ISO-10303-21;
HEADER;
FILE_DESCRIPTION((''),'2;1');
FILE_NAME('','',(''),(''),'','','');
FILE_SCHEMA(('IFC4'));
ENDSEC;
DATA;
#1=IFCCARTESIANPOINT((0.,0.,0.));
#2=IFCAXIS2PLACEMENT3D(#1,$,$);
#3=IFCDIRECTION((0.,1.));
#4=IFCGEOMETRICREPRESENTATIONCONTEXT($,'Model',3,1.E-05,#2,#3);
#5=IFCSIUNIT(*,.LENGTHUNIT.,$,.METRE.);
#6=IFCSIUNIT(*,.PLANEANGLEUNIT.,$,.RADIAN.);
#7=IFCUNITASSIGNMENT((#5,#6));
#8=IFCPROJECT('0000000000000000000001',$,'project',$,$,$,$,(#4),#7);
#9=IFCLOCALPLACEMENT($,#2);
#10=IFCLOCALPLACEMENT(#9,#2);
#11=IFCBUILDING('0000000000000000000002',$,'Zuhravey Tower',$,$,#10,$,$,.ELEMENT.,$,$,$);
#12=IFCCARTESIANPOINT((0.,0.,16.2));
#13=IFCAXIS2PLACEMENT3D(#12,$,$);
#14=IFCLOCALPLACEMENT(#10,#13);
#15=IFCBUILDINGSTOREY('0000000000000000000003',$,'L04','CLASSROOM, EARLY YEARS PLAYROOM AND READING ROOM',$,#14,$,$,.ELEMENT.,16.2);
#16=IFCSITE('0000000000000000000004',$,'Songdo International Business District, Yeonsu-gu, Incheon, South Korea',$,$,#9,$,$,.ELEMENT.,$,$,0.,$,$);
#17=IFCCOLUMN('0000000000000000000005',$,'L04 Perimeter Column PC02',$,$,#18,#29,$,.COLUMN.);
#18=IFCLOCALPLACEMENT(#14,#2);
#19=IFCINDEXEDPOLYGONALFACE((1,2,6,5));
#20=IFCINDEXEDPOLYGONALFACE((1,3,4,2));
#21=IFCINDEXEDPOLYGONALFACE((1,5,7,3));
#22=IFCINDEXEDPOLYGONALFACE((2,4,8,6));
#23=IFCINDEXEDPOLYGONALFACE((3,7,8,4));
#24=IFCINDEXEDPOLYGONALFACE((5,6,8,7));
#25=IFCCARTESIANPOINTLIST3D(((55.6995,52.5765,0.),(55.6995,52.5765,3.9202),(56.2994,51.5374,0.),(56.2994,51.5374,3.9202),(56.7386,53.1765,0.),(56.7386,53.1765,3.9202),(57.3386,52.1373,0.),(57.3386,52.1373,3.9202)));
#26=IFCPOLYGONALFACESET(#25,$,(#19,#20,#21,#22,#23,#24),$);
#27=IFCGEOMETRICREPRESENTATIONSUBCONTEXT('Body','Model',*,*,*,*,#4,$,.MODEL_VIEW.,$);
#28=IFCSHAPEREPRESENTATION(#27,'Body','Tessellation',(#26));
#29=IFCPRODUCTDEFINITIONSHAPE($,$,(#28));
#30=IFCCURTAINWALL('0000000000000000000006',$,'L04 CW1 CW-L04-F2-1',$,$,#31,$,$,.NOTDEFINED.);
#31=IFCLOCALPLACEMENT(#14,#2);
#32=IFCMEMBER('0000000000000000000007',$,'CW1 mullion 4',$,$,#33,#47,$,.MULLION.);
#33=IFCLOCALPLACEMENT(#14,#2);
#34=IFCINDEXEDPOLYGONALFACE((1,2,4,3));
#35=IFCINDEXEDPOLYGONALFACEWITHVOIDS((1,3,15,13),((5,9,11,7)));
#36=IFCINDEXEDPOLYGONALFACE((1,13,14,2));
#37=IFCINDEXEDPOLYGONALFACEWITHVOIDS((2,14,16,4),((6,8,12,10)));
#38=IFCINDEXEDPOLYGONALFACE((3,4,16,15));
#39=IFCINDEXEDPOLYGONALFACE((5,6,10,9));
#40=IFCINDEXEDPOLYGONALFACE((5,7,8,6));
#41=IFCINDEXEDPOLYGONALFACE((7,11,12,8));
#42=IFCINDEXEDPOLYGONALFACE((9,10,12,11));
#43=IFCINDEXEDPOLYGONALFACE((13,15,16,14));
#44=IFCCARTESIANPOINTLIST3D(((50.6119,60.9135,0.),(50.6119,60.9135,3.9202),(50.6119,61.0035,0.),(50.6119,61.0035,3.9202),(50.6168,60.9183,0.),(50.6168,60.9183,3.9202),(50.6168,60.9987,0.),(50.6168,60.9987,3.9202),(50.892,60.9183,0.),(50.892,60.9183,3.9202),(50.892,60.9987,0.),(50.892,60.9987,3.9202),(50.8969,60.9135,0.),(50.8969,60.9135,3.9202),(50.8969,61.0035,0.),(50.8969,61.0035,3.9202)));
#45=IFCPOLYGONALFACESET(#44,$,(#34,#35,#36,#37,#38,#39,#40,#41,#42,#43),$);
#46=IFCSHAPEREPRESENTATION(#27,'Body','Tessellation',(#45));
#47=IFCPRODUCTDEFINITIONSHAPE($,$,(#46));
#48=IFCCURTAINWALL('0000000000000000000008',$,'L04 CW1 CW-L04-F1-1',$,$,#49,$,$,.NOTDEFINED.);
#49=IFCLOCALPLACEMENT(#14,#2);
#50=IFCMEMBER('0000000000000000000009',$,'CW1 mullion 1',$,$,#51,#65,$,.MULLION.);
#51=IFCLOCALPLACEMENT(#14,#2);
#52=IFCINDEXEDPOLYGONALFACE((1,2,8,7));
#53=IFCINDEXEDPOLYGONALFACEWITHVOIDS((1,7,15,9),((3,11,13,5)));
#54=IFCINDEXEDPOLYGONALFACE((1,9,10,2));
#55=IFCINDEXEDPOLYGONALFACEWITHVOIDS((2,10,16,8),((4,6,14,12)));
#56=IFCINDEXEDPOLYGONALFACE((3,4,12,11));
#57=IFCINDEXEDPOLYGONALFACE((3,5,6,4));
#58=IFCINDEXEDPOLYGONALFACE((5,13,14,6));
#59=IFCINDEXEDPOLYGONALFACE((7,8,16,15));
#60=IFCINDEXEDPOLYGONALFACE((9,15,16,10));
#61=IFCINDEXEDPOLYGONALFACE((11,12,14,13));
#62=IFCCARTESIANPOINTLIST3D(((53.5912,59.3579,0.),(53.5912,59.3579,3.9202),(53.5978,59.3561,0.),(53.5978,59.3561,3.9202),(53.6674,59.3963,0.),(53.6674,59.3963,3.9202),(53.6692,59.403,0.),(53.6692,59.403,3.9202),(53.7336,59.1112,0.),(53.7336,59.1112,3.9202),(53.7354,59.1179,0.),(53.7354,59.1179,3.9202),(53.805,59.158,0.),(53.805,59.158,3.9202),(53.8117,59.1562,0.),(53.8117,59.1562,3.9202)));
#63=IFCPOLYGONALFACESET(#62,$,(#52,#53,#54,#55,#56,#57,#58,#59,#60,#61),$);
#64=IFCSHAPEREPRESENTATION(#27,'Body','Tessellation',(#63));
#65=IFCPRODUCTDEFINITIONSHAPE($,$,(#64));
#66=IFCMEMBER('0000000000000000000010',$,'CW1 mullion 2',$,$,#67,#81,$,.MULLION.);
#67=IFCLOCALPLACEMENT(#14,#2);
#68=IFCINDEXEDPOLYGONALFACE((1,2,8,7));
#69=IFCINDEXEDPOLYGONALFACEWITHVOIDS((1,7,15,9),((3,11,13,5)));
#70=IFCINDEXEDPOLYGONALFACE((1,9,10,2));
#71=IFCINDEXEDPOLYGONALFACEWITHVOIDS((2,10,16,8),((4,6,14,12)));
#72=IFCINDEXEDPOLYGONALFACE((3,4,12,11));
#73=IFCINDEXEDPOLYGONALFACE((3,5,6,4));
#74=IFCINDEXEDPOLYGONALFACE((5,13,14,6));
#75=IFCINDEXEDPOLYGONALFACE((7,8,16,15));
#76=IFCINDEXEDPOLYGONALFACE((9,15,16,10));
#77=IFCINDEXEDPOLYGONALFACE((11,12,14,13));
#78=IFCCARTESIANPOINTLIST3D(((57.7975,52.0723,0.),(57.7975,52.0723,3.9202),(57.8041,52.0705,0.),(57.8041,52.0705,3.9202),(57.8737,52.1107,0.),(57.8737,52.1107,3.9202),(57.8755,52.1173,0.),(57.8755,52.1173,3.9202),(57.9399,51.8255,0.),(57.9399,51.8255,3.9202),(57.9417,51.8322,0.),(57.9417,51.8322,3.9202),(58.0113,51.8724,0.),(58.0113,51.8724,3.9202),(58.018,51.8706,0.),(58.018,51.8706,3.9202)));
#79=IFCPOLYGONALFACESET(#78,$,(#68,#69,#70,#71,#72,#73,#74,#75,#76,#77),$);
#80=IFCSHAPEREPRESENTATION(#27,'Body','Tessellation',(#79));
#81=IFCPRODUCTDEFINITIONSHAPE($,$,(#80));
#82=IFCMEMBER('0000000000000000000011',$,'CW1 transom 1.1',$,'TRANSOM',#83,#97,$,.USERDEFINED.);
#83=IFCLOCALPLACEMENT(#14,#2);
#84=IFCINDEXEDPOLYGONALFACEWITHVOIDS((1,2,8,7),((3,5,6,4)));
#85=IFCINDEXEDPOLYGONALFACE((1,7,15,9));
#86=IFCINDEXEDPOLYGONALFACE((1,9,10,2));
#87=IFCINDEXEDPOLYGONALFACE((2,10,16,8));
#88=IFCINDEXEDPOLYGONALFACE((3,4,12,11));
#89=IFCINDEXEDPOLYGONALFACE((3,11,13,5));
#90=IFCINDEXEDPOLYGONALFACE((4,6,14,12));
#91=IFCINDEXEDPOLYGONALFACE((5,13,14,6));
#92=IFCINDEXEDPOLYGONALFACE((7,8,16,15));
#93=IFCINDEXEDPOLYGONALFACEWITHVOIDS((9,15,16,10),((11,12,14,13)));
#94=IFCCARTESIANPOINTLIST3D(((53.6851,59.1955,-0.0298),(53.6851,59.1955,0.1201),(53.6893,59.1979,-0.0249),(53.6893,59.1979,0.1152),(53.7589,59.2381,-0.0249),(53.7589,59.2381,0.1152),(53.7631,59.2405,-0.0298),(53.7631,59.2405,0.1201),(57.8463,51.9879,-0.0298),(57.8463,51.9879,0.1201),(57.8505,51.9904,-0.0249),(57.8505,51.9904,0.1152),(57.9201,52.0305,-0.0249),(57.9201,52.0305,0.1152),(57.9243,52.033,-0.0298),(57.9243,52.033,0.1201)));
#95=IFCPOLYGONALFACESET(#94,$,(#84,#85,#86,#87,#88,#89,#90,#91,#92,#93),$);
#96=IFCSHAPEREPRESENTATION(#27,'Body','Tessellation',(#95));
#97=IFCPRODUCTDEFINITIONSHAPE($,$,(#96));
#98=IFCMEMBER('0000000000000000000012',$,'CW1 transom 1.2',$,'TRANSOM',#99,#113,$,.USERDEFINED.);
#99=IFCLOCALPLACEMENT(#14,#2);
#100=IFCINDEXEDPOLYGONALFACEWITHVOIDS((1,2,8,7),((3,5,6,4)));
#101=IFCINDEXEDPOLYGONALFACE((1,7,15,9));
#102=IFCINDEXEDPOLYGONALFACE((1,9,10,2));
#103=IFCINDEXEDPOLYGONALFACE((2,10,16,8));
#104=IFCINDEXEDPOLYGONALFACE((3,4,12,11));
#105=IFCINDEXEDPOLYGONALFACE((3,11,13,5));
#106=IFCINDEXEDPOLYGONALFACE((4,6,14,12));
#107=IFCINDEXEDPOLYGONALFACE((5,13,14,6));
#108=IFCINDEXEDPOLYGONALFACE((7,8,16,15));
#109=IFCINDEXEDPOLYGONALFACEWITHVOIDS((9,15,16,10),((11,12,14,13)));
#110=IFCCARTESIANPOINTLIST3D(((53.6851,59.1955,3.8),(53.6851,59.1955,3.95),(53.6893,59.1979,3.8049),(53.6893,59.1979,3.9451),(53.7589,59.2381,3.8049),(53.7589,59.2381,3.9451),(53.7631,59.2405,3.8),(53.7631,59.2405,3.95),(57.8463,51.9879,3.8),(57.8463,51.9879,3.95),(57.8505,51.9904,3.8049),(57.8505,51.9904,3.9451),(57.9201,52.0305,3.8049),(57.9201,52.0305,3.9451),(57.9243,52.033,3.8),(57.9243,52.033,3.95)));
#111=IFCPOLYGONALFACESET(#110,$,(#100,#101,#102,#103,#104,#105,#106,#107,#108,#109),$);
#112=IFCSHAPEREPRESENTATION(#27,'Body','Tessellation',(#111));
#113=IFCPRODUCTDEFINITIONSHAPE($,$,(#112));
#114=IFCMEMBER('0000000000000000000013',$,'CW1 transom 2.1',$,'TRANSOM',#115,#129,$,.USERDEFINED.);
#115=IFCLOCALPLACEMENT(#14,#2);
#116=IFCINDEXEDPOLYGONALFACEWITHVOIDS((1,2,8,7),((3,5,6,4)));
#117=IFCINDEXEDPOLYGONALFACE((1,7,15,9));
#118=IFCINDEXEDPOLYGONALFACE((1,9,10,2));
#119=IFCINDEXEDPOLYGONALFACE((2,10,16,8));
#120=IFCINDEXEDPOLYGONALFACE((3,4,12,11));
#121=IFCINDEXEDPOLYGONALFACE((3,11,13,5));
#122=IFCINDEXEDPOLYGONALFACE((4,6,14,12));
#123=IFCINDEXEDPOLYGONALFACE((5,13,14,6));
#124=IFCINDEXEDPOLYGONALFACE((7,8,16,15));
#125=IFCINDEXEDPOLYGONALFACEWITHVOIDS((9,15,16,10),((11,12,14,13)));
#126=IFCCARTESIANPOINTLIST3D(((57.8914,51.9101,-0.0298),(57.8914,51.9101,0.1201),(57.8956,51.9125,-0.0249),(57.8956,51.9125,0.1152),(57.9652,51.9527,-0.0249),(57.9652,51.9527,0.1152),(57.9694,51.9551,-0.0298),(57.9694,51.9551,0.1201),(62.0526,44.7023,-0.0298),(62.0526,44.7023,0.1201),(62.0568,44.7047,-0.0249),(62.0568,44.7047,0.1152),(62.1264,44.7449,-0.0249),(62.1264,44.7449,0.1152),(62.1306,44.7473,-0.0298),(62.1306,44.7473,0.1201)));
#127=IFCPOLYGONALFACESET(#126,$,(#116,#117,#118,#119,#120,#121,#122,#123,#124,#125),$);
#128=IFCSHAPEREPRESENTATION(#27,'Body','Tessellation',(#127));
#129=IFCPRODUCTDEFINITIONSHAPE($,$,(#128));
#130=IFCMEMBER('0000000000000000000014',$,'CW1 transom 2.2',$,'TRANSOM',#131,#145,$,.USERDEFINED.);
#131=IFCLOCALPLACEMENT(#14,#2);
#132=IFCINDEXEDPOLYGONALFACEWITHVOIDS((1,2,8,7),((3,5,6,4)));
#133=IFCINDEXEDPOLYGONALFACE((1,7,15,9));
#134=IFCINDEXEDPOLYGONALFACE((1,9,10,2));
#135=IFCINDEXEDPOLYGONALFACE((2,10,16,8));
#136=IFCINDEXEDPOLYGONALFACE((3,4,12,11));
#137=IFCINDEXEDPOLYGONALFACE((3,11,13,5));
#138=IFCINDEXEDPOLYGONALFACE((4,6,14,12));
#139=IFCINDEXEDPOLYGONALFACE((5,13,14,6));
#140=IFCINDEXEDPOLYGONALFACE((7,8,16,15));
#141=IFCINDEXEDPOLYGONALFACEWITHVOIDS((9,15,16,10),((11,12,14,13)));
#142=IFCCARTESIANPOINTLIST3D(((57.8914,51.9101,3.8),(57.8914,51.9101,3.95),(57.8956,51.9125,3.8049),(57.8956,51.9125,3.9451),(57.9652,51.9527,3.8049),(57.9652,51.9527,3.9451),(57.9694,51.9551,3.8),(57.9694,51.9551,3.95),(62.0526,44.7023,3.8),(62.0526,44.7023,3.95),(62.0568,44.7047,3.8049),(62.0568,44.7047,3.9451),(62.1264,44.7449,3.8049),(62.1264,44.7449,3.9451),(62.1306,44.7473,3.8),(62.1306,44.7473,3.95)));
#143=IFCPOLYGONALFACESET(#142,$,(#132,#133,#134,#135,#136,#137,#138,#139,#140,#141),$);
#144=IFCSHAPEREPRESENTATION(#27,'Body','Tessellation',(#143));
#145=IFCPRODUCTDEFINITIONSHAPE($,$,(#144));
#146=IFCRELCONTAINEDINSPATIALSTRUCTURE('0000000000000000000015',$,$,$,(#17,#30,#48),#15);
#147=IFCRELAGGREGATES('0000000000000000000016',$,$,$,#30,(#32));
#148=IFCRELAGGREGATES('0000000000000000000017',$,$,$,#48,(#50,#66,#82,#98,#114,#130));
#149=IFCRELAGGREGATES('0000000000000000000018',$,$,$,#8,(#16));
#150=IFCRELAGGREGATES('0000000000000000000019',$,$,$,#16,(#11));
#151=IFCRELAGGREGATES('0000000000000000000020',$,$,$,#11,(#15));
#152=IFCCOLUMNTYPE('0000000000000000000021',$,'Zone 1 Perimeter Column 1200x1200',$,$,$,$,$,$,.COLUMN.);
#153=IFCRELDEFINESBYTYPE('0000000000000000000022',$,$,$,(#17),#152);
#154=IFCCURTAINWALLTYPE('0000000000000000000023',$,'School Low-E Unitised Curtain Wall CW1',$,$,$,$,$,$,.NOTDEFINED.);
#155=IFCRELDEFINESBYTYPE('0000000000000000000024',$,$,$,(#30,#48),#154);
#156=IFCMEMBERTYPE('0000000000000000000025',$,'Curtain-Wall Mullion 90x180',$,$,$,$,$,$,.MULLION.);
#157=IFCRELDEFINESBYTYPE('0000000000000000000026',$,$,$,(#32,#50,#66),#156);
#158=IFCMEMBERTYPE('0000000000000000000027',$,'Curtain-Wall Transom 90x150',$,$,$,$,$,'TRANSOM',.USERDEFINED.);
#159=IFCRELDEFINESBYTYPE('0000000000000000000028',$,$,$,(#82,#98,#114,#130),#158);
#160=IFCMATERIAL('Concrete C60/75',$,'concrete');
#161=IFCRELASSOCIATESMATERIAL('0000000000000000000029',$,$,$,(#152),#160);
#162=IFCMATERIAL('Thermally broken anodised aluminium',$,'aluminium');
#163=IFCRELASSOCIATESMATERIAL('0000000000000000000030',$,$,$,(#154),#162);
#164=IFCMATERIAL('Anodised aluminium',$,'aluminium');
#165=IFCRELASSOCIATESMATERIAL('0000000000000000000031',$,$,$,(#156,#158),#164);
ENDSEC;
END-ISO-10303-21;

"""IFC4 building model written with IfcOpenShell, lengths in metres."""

from ifc_helpers import new_model, si_unit, direction, frame, origin, origin_2d, place, context, subcontext, project, spatial, rectangle, hollow_rectangle, extrude, material, material_profile, profile_set, type_object, element, aggregate, save


model = new_model("IFC4")

# Units and contexts
model_context = context("Model", 3, precision=1e-05, world=origin(), true_north=direction((0.0, 1.0)))
body_context = subcontext(model_context, "Body", "Model", "MODEL_VIEW")
ifc_project = project(units=[si_unit("LENGTHUNIT", "METRE"), si_unit("PLANEANGLEUNIT", "RADIAN")], contexts=[model_context])

# Site, building, storey
site_placement = place(None, origin())
site = spatial("IfcSite", under=ifc_project, at=site_placement, Name="Songdo International Business District, Yeonsu-gu, Incheon, South Korea", CompositionType="ELEMENT", RefElevation=0.0)
building_placement = place(site_placement, origin())
building = spatial("IfcBuilding", under=site, at=building_placement, Name="Zuhravey Tower", CompositionType="ELEMENT")
storey_placement = place(building_placement, frame((0.0, 0.0, 16.2)))
storey = spatial("IfcBuildingStorey", under=building, at=storey_placement, Name="L04", Description="CLASSROOM, EARLY YEARS PLAYROOM AND READING ROOM", CompositionType="ELEMENT", Elevation=16.2)

# Column
ifc_material_1 = material(Name="Concrete C60/75", Category="concrete")
ifc_material_profile_1 = material_profile(ifc_material_1, rectangle(XDim=1.2, YDim=1.2, at=origin_2d()), Name="RC-1200x1200")
ifc_profile_set_1 = profile_set([ifc_material_profile_1], Name="Concrete C60/75")
column_type = type_object("IfcColumnType", Name="Zone 1 Perimeter Column 1200x1200", PredefinedType="COLUMN", material=ifc_profile_set_1)
column_placement = place(storey_placement, frame((56.519, 52.3569, 0.0), z_axis=(0.0, 0.0, 1.0), x_axis=(-0.5, 0.866025, 0.0)))
element("IfcColumn", 1, at=column_placement, inside=storey, type_object=column_type, Name="L04 Perimeter Column PC02", PredefinedType="COLUMN", context=body_context, shape_type="SweptSolid", body=[
    extrude(rectangle(XDim=1.2, YDim=1.2, at=origin_2d()), origin(), (0.0, 0.0, 1.0), 3.9202),
])

# Curtain wall, member
ifc_material_2 = material(Name="Thermally broken anodised aluminium", Category="aluminium")
curtain_wall_type = type_object("IfcCurtainWallType", Name="School Low-E Unitised Curtain Wall CW1", PredefinedType="NOTDEFINED", material=ifc_material_2)
curtain_wall_1_placement = place(storey_placement, origin())
curtain_wall_1 = element("IfcCurtainWall", 2, at=curtain_wall_1_placement, inside=storey, type_object=curtain_wall_type, Name="L04 CW1 CW-L04-F2-1", PredefinedType="NOTDEFINED")
ifc_material_3 = material(Name="Anodised aluminium", Category="aluminium")
ifc_material_profile_2 = material_profile(ifc_material_3, hollow_rectangle(XDim=0.0901, YDim=0.2849, WallThickness=0.0049, at=origin_2d()), Name="ALU-RHS-90x285x5")
ifc_profile_set_2 = profile_set([ifc_material_profile_2], Name="Anodised aluminium")
member_type_1 = type_object("IfcMemberType", Name="Curtain-Wall Mullion 90x180", PredefinedType="MULLION", material=ifc_profile_set_2)
member_1_placement = place(storey_placement, frame((50.7544, 60.9585, 0.0), z_axis=(0.0, 0.0, 1.0), x_axis=(0.0, 1.0, 0.0)))
member_1 = element("IfcMember", 3, at=member_1_placement, type_object=member_type_1, Name="CW1 mullion 4", PredefinedType="MULLION", context=body_context, shape_type="SweptSolid", body=[
    extrude(hollow_rectangle(XDim=0.0901, YDim=0.2849, WallThickness=0.0049, at=origin_2d()), origin(), (0.0, 0.0, 1.0), 3.9202),
])
aggregate(curtain_wall_1, [member_1])

# Curtain wall, members
curtain_wall_2_placement = place(storey_placement, origin())
curtain_wall_2 = element("IfcCurtainWall", 4, at=curtain_wall_2_placement, inside=storey, type_object=curtain_wall_type, Name="L04 CW1 CW-L04-F1-1", PredefinedType="NOTDEFINED")
member_2_placement = place(storey_placement, frame((53.7014, 59.2571, 0.0), z_axis=(0.0, 0.0, 1.0), x_axis=(0.866026, 0.5, 0.0)))
member_2 = element("IfcMember", 5, at=member_2_placement, type_object=member_type_1, Name="CW1 mullion 1", PredefinedType="MULLION", context=body_context, shape_type="SweptSolid", body=[
    extrude(hollow_rectangle(XDim=0.0901, YDim=0.2849, WallThickness=0.0049, at=origin_2d()), origin(), (0.0, 0.0, 1.0), 3.9202),
])
member_3_placement = place(storey_placement, frame((57.9077, 51.9714, 0.0), z_axis=(0.0, 0.0, 1.0), x_axis=(0.866026, 0.5, 0.0)))
member_3 = element("IfcMember", 6, at=member_3_placement, type_object=member_type_1, Name="CW1 mullion 2", PredefinedType="MULLION", context=body_context, shape_type="SweptSolid", body=[
    extrude(hollow_rectangle(XDim=0.0901, YDim=0.2849, WallThickness=0.0049, at=origin_2d()), origin(), (0.0, 0.0, 1.0), 3.9202),
])
ifc_material_profile_3 = material_profile(ifc_material_3, hollow_rectangle(XDim=0.0901, YDim=0.1499, WallThickness=0.0049, at=origin_2d()), Name="ALU-RHS-90x150x5")
ifc_profile_set_3 = profile_set([ifc_material_profile_3], Name="Anodised aluminium")
member_type_2 = type_object("IfcMemberType", Name="Curtain-Wall Transom 90x150", ElementType="TRANSOM", PredefinedType="USERDEFINED", material=ifc_profile_set_3)
member_4_placement = place(storey_placement, frame((53.7241, 59.218, 0.0452), z_axis=(0.499988, -0.866032, 0.0), x_axis=(0.866032, 0.499988, 0.0)))
member_4 = element("IfcMember", 7, at=member_4_placement, type_object=member_type_2, Name="CW1 transom 1.1", ObjectType="TRANSOM", PredefinedType="USERDEFINED", context=body_context, shape_type="SweptSolid", body=[
    extrude(hollow_rectangle(XDim=0.0901, YDim=0.1499, WallThickness=0.0049, at=origin_2d()), origin(), (0.0, 0.0, 1.0), 8.3225),
])
member_5_placement = place(storey_placement, frame((53.7241, 59.218, 3.875), z_axis=(0.499988, -0.866032, 0.0), x_axis=(0.866032, 0.499988, 0.0)))
member_5 = element("IfcMember", 8, at=member_5_placement, type_object=member_type_2, Name="CW1 transom 1.2", ObjectType="TRANSOM", PredefinedType="USERDEFINED", context=body_context, shape_type="SweptSolid", body=[
    extrude(hollow_rectangle(XDim=0.0901, YDim=0.1499, WallThickness=0.0049, at=origin_2d()), origin(), (0.0, 0.0, 1.0), 8.3225),
])
member_6_placement = place(storey_placement, frame((57.9304, 51.9326, 0.0452), z_axis=(0.499976, -0.86604, 0.0), x_axis=(0.86604, 0.499976, 0.0)))
member_6 = element("IfcMember", 9, at=member_6_placement, type_object=member_type_2, Name="CW1 transom 2.1", ObjectType="TRANSOM", PredefinedType="USERDEFINED", context=body_context, shape_type="SweptSolid", body=[
    extrude(hollow_rectangle(XDim=0.0901, YDim=0.1499, WallThickness=0.0049, at=origin_2d()), origin(), (0.0, 0.0, 1.0), 8.3228),
])
member_7_placement = place(storey_placement, frame((57.9304, 51.9326, 3.875), z_axis=(0.499976, -0.86604, 0.0), x_axis=(0.86604, 0.499976, 0.0)))
member_7 = element("IfcMember", 10, at=member_7_placement, type_object=member_type_2, Name="CW1 transom 2.2", ObjectType="TRANSOM", PredefinedType="USERDEFINED", context=body_context, shape_type="SweptSolid", body=[
    extrude(hollow_rectangle(XDim=0.0901, YDim=0.1499, WallThickness=0.0049, at=origin_2d()), origin(), (0.0, 0.0, 1.0), 8.3228),
])

aggregate(curtain_wall_2, [member_2, member_3, member_4, member_5, member_6, member_7])

save(model, "model.ifc")
